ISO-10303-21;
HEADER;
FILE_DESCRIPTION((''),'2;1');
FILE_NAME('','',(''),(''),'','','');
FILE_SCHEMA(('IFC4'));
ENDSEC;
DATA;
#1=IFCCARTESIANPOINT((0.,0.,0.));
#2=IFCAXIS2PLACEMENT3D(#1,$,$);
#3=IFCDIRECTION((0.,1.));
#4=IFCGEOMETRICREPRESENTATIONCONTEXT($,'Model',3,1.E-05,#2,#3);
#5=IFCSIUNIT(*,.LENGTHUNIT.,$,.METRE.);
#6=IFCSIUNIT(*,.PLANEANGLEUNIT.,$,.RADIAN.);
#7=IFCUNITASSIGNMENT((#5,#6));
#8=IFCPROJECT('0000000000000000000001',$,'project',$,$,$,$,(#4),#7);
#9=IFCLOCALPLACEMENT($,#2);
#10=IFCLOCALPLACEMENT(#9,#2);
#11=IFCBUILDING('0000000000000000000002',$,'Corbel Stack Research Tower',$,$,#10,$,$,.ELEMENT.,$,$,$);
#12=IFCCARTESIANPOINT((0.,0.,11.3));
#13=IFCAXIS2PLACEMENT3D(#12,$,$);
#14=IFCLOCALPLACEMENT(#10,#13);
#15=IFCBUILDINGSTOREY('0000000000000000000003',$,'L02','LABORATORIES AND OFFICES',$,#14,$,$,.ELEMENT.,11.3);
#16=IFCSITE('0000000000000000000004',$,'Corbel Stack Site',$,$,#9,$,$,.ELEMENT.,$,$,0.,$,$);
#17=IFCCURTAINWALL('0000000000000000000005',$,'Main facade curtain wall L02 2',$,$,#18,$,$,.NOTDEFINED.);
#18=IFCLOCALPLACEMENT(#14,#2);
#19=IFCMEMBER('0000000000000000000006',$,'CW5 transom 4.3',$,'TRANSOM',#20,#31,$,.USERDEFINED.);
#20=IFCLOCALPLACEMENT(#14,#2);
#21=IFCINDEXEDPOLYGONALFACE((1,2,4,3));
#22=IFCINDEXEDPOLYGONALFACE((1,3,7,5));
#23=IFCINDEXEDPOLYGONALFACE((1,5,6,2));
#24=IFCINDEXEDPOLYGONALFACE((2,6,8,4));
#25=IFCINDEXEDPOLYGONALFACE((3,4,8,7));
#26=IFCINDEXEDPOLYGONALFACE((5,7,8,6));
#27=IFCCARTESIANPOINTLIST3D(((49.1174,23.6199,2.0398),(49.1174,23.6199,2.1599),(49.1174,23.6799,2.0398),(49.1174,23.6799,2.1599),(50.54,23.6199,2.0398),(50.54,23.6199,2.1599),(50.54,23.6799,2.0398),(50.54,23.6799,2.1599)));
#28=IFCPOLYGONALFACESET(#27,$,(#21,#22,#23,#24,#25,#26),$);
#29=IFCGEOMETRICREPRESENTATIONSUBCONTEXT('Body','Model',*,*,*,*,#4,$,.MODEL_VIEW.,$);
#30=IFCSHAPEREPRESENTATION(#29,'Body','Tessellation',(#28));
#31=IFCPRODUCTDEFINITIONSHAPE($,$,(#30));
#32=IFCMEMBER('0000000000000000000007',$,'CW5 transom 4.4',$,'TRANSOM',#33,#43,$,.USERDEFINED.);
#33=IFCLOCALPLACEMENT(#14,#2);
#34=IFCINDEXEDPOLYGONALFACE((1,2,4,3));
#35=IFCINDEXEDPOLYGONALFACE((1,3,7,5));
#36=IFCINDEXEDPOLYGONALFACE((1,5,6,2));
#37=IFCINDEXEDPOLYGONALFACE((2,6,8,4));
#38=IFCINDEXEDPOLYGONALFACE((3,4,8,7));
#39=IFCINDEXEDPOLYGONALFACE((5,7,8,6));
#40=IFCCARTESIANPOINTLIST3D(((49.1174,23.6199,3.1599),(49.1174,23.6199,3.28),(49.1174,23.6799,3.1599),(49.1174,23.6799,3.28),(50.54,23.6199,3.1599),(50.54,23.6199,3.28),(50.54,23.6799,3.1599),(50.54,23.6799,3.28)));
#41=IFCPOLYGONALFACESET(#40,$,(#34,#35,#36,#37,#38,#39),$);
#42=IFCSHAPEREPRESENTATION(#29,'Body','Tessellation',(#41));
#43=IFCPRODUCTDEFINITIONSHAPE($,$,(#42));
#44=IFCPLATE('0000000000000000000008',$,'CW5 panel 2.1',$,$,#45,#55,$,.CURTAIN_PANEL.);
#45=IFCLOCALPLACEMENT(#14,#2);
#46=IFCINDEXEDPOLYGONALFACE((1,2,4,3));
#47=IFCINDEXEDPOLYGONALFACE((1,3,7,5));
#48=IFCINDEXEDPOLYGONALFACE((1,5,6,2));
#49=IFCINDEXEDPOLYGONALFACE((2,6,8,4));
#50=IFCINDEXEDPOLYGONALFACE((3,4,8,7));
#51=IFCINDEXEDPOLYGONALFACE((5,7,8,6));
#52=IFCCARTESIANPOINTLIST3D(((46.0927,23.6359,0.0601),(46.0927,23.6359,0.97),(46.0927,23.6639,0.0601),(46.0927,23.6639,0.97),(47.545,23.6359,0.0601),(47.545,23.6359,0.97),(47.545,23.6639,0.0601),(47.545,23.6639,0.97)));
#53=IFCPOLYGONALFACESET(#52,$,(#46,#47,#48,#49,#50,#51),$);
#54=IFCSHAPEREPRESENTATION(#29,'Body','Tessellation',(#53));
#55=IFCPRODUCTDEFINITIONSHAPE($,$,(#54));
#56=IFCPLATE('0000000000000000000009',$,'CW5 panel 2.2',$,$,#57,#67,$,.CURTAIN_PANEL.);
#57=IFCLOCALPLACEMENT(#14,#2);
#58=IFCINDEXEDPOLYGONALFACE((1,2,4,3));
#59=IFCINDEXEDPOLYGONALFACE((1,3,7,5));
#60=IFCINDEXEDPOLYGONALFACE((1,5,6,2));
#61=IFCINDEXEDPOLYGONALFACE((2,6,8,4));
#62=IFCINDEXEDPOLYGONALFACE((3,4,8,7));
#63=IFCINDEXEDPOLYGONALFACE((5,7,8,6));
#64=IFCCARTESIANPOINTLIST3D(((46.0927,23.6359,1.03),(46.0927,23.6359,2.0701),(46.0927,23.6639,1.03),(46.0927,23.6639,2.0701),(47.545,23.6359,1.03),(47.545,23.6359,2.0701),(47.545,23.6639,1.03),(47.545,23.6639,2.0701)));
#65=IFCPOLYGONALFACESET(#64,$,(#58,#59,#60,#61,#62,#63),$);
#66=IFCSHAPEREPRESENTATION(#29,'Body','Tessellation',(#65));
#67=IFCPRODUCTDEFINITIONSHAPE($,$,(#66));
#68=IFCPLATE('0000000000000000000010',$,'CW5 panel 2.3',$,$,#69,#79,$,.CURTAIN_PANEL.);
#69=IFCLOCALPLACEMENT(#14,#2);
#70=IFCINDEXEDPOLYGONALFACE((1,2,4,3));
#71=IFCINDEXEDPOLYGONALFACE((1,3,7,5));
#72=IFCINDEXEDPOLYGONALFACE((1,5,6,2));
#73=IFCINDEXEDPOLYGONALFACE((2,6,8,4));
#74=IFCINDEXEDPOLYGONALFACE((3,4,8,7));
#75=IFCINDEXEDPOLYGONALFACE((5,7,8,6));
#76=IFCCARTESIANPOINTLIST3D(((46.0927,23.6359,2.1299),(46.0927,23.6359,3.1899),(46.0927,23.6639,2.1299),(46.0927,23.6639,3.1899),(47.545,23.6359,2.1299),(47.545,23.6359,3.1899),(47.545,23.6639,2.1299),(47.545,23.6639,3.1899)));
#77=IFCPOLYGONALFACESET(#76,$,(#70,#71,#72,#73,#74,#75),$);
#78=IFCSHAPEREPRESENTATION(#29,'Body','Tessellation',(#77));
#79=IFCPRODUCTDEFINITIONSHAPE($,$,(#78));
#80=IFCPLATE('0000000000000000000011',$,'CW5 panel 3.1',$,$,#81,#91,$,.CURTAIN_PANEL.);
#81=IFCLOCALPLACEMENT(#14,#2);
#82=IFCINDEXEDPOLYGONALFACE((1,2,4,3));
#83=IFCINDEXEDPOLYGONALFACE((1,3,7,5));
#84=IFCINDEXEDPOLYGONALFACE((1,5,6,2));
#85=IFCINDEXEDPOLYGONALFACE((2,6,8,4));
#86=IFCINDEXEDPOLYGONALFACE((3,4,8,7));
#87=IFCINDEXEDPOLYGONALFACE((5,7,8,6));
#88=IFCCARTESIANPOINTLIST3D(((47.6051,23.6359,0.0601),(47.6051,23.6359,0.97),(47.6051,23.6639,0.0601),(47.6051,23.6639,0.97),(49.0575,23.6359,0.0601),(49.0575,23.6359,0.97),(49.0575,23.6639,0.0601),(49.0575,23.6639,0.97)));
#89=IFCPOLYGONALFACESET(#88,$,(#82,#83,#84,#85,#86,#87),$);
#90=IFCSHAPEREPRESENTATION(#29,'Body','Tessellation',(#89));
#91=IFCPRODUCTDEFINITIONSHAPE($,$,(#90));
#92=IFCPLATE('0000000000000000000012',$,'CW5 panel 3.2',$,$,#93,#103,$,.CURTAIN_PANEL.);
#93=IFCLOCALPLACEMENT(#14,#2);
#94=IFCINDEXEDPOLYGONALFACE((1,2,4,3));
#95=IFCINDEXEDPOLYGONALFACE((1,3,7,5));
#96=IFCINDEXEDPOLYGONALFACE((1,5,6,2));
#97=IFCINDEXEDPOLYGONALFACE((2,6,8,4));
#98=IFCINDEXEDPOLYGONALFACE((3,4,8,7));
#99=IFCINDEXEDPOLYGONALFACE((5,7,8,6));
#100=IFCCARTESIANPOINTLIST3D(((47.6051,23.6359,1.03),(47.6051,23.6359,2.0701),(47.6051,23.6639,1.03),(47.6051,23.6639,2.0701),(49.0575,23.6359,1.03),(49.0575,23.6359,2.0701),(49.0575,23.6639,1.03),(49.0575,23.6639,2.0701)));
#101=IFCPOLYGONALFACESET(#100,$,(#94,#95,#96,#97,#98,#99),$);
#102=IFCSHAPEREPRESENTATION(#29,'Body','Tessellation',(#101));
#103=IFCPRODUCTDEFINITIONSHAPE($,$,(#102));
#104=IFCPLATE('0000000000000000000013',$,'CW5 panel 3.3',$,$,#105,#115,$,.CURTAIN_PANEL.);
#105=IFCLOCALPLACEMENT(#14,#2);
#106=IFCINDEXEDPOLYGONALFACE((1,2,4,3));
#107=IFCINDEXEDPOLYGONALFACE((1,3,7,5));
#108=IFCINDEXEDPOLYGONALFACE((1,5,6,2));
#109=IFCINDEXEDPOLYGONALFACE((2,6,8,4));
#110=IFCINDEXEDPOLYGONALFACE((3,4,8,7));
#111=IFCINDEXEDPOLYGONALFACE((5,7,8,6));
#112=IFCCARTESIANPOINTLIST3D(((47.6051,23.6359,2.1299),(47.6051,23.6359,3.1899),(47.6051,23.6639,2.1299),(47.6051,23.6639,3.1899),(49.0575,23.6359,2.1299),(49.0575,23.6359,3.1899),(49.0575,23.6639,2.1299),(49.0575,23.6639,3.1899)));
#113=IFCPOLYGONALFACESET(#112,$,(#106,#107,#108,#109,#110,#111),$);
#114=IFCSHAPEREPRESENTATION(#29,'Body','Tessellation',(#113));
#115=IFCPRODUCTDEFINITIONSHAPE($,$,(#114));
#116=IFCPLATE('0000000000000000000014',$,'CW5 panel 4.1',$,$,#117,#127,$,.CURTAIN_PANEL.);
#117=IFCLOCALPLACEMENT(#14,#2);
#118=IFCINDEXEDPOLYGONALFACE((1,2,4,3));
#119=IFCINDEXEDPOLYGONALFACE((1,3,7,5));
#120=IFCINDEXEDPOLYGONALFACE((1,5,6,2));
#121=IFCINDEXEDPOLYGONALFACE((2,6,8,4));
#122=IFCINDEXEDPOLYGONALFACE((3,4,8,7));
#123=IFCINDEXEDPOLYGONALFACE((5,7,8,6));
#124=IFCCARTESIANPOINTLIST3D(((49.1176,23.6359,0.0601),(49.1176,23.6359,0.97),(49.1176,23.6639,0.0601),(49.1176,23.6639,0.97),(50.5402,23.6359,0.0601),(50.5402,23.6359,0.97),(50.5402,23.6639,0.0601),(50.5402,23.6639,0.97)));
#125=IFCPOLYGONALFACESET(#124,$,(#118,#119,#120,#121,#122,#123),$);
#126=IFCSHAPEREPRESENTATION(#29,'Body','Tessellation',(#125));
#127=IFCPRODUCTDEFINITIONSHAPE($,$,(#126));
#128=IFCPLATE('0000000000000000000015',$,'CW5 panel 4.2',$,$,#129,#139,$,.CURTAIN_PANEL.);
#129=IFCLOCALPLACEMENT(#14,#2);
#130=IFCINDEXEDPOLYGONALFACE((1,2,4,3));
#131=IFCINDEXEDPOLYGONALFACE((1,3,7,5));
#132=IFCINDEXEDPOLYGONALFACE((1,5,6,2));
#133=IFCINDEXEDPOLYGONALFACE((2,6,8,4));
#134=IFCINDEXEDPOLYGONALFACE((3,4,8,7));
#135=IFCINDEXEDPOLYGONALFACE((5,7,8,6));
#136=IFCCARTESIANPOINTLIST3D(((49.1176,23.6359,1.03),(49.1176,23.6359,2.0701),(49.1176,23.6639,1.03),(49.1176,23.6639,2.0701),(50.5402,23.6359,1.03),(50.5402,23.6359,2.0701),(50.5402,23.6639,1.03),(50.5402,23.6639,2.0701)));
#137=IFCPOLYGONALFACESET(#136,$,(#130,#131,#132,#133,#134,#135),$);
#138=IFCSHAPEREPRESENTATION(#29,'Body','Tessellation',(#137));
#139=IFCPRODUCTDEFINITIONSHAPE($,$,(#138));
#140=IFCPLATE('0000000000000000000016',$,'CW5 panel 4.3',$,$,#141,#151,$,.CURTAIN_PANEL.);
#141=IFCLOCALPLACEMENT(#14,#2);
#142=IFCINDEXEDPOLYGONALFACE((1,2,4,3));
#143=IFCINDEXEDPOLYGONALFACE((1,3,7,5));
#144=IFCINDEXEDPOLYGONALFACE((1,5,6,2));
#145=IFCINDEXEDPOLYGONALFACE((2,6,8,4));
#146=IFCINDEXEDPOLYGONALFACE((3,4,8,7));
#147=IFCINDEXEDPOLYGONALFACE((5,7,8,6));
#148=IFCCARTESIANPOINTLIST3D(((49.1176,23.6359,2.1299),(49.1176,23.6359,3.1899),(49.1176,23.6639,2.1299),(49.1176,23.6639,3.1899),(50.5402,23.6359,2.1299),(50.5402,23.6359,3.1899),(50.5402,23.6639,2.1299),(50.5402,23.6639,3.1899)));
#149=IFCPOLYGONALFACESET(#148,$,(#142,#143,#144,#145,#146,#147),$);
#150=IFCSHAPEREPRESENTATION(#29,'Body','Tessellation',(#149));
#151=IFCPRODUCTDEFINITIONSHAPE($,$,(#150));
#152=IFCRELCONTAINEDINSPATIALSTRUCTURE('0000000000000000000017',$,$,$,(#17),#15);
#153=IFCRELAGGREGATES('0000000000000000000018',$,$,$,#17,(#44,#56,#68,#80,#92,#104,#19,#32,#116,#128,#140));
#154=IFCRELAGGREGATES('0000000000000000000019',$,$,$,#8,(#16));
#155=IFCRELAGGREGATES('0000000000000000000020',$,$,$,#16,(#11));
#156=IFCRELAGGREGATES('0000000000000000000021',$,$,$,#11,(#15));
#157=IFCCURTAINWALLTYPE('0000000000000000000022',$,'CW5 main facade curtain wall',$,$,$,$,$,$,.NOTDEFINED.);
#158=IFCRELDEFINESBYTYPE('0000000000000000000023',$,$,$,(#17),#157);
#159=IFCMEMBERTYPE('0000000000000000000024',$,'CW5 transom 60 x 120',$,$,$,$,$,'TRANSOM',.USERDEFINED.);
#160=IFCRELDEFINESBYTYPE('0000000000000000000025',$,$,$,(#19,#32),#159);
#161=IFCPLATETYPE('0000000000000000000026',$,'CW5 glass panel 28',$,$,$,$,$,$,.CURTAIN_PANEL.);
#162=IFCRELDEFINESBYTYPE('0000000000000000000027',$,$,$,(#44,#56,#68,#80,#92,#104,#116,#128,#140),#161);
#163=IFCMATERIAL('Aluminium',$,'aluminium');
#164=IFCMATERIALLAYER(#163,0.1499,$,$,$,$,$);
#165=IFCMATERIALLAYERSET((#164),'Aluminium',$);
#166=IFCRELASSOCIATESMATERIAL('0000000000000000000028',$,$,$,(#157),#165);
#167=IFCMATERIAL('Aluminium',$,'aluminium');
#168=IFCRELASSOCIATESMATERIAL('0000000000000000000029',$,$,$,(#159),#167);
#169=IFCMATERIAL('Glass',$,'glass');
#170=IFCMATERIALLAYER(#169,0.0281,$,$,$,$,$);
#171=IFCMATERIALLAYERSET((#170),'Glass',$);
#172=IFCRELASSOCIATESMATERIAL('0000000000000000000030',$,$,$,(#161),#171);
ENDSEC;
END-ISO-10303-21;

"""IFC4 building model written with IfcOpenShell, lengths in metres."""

from ifc_helpers import new_model, si_unit, direction, frame, origin, origin_2d, place, context, subcontext, project, spatial, rectangle, extrude, material, layer, layer_set, material_profile, profile_set, type_object, element, aggregate, save


model = new_model("IFC4")

# Units and contexts
model_context = context("Model", 3, precision=1e-05, world=origin(), true_north=direction((0.0, 1.0)))
body_context = subcontext(model_context, "Body", "Model", "MODEL_VIEW")
ifc_project = project(units=[si_unit("LENGTHUNIT", "METRE"), si_unit("PLANEANGLEUNIT", "RADIAN")], contexts=[model_context])

# Site, building, storey
site_placement = place(None, origin())
site = spatial("IfcSite", under=ifc_project, at=site_placement, Name="Corbel Stack Site", CompositionType="ELEMENT", RefElevation=0.0)
building_placement = place(site_placement, origin())
building = spatial("IfcBuilding", under=site, at=building_placement, Name="Corbel Stack Research Tower", CompositionType="ELEMENT")
storey_placement = place(building_placement, frame((0.0, 0.0, 11.3)))
storey = spatial("IfcBuildingStorey", under=building, at=storey_placement, Name="L02", Description="LABORATORIES AND OFFICES", CompositionType="ELEMENT", Elevation=11.3)

# Curtain wall, members, plates
ifc_material_1 = material(Name="Aluminium", Category="aluminium")
ifc_layer_1 = layer(ifc_material_1, 0.1499)
ifc_layer_set_1 = layer_set([ifc_layer_1], Name="Aluminium")
curtain_wall_type = type_object("IfcCurtainWallType", Name="CW5 main facade curtain wall", PredefinedType="NOTDEFINED", material=ifc_layer_set_1)
curtain_wall_placement = place(storey_placement, origin())
curtain_wall = element("IfcCurtainWall", 1, at=curtain_wall_placement, inside=storey, type_object=curtain_wall_type, Name="Main facade curtain wall L02 2", PredefinedType="NOTDEFINED")
ifc_material_2 = material(Name="Aluminium", Category="aluminium")
ifc_material_profile_1 = material_profile(ifc_material_2, rectangle(XDim=0.0601, YDim=0.1201, at=origin_2d()), Name="Transom 60 x 120")
ifc_profile_set_1 = profile_set([ifc_material_profile_1], Name="Aluminium")
member_type_1 = type_object("IfcMemberType", Name="CW5 transom 60 x 120", ElementType="TRANSOM", PredefinedType="USERDEFINED", material=ifc_profile_set_1)
member_1_placement = place(storey_placement, frame((49.1174, 23.6499, 2.0999), z_axis=(1.0, 0.0, 0.0), x_axis=(0.0, 1.0, 0.0)))
member_1 = element("IfcMember", 2, at=member_1_placement, type_object=member_type_1, Name="CW5 transom 4.3", ObjectType="TRANSOM", PredefinedType="USERDEFINED", context=body_context, shape_type="SweptSolid", body=[
    extrude(rectangle(XDim=0.0601, YDim=0.1201, at=origin_2d()), origin(), (0.0, 0.0, 1.0), 1.4226),
])
member_2_placement = place(storey_placement, frame((49.1174, 23.6499, 3.22), z_axis=(1.0, 0.0, 0.0), x_axis=(0.0, 1.0, 0.0)))
member_2 = element("IfcMember", 3, at=member_2_placement, type_object=member_type_1, Name="CW5 transom 4.4", ObjectType="TRANSOM", PredefinedType="USERDEFINED", context=body_context, shape_type="SweptSolid", body=[
    extrude(rectangle(XDim=0.0601, YDim=0.1201, at=origin_2d()), origin(), (0.0, 0.0, 1.0), 1.4226),
])
ifc_material_3 = material(Name="Glass", Category="glass")
ifc_layer_2 = layer(ifc_material_3, 0.0281)
ifc_layer_set_2 = layer_set([ifc_layer_2], Name="Glass")
plate_type = type_object("IfcPlateType", Name="CW5 glass panel 28", PredefinedType="CURTAIN_PANEL", material=ifc_layer_set_2)
plate_1_placement = place(storey_placement, frame((46.8188, 23.6499, 0.0601), z_axis=(0.0, 0.0, 1.0), x_axis=(1.0, 0.0, 0.0)))
plate_1 = element("IfcPlate", 4, at=plate_1_placement, type_object=plate_type, Name="CW5 panel 2.1", PredefinedType="CURTAIN_PANEL", context=body_context, shape_type="SweptSolid", body=[
    extrude(rectangle(XDim=1.4524, YDim=0.0281, at=origin_2d()), origin(), (0.0, 0.0, 1.0), 0.9099),
])
plate_2_placement = place(storey_placement, frame((46.8188, 23.6499, 1.03), z_axis=(0.0, 0.0, 1.0), x_axis=(1.0, 0.0, 0.0)))
plate_2 = element("IfcPlate", 5, at=plate_2_placement, type_object=plate_type, Name="CW5 panel 2.2", PredefinedType="CURTAIN_PANEL", context=body_context, shape_type="SweptSolid", body=[
    extrude(rectangle(XDim=1.4524, YDim=0.0281, at=origin_2d()), origin(), (0.0, 0.0, 1.0), 1.04),
])
plate_3_placement = place(storey_placement, frame((46.8188, 23.6499, 2.1299), z_axis=(0.0, 0.0, 1.0), x_axis=(1.0, 0.0, 0.0)))
plate_3 = element("IfcPlate", 6, at=plate_3_placement, type_object=plate_type, Name="CW5 panel 2.3", PredefinedType="CURTAIN_PANEL", context=body_context, shape_type="SweptSolid", body=[
    extrude(rectangle(XDim=1.4524, YDim=0.0281, at=origin_2d()), origin(), (0.0, 0.0, 1.0), 1.0601),
])
plate_4_placement = place(storey_placement, frame((48.3313, 23.6499, 0.0601), z_axis=(0.0, 0.0, 1.0), x_axis=(1.0, 0.0, 0.0)))
plate_4 = element("IfcPlate", 7, at=plate_4_placement, type_object=plate_type, Name="CW5 panel 3.1", PredefinedType="CURTAIN_PANEL", context=body_context, shape_type="SweptSolid", body=[
    extrude(rectangle(XDim=1.4524, YDim=0.0281, at=origin_2d()), origin(), (0.0, 0.0, 1.0), 0.9099),
])
plate_5_placement = place(storey_placement, frame((48.3313, 23.6499, 1.03), z_axis=(0.0, 0.0, 1.0), x_axis=(1.0, 0.0, 0.0)))
plate_5 = element("IfcPlate", 8, at=plate_5_placement, type_object=plate_type, Name="CW5 panel 3.2", PredefinedType="CURTAIN_PANEL", context=body_context, shape_type="SweptSolid", body=[
    extrude(rectangle(XDim=1.4524, YDim=0.0281, at=origin_2d()), origin(), (0.0, 0.0, 1.0), 1.04),
])
plate_6_placement = place(storey_placement, frame((48.3313, 23.6499, 2.1299), z_axis=(0.0, 0.0, 1.0), x_axis=(1.0, 0.0, 0.0)))
plate_6 = element("IfcPlate", 9, at=plate_6_placement, type_object=plate_type, Name="CW5 panel 3.3", PredefinedType="CURTAIN_PANEL", context=body_context, shape_type="SweptSolid", body=[
    extrude(rectangle(XDim=1.4524, YDim=0.0281, at=origin_2d()), origin(), (0.0, 0.0, 1.0), 1.0601),
])
plate_7_placement = place(storey_placement, frame((49.8289, 23.6499, 0.0601), z_axis=(0.0, 0.0, 1.0), x_axis=(1.0, 0.0, 0.0)))
plate_7 = element("IfcPlate", 10, at=plate_7_placement, type_object=plate_type, Name="CW5 panel 4.1", PredefinedType="CURTAIN_PANEL", context=body_context, shape_type="SweptSolid", body=[
    extrude(rectangle(XDim=1.4226, YDim=0.0281, at=origin_2d()), origin(), (0.0, 0.0, 1.0), 0.9099),
])
plate_8_placement = place(storey_placement, frame((49.8289, 23.6499, 1.03), z_axis=(0.0, 0.0, 1.0), x_axis=(1.0, 0.0, 0.0)))
plate_8 = element("IfcPlate", 11, at=plate_8_placement, type_object=plate_type, Name="CW5 panel 4.2", PredefinedType="CURTAIN_PANEL", context=body_context, shape_type="SweptSolid", body=[
    extrude(rectangle(XDim=1.4226, YDim=0.0281, at=origin_2d()), origin(), (0.0, 0.0, 1.0), 1.04),
])
plate_9_placement = place(storey_placement, frame((49.8289, 23.6499, 2.1299), z_axis=(0.0, 0.0, 1.0), x_axis=(1.0, 0.0, 0.0)))
plate_9 = element("IfcPlate", 12, at=plate_9_placement, type_object=plate_type, Name="CW5 panel 4.3", PredefinedType="CURTAIN_PANEL", context=body_context, shape_type="SweptSolid", body=[
    extrude(rectangle(XDim=1.4226, YDim=0.0281, at=origin_2d()), origin(), (0.0, 0.0, 1.0), 1.0601),
])
aggregate(curtain_wall, [plate_1, plate_2, plate_3, plate_4, plate_5, plate_6, member_1, member_2, plate_7, plate_8, plate_9])

save(model, "model.ifc")
